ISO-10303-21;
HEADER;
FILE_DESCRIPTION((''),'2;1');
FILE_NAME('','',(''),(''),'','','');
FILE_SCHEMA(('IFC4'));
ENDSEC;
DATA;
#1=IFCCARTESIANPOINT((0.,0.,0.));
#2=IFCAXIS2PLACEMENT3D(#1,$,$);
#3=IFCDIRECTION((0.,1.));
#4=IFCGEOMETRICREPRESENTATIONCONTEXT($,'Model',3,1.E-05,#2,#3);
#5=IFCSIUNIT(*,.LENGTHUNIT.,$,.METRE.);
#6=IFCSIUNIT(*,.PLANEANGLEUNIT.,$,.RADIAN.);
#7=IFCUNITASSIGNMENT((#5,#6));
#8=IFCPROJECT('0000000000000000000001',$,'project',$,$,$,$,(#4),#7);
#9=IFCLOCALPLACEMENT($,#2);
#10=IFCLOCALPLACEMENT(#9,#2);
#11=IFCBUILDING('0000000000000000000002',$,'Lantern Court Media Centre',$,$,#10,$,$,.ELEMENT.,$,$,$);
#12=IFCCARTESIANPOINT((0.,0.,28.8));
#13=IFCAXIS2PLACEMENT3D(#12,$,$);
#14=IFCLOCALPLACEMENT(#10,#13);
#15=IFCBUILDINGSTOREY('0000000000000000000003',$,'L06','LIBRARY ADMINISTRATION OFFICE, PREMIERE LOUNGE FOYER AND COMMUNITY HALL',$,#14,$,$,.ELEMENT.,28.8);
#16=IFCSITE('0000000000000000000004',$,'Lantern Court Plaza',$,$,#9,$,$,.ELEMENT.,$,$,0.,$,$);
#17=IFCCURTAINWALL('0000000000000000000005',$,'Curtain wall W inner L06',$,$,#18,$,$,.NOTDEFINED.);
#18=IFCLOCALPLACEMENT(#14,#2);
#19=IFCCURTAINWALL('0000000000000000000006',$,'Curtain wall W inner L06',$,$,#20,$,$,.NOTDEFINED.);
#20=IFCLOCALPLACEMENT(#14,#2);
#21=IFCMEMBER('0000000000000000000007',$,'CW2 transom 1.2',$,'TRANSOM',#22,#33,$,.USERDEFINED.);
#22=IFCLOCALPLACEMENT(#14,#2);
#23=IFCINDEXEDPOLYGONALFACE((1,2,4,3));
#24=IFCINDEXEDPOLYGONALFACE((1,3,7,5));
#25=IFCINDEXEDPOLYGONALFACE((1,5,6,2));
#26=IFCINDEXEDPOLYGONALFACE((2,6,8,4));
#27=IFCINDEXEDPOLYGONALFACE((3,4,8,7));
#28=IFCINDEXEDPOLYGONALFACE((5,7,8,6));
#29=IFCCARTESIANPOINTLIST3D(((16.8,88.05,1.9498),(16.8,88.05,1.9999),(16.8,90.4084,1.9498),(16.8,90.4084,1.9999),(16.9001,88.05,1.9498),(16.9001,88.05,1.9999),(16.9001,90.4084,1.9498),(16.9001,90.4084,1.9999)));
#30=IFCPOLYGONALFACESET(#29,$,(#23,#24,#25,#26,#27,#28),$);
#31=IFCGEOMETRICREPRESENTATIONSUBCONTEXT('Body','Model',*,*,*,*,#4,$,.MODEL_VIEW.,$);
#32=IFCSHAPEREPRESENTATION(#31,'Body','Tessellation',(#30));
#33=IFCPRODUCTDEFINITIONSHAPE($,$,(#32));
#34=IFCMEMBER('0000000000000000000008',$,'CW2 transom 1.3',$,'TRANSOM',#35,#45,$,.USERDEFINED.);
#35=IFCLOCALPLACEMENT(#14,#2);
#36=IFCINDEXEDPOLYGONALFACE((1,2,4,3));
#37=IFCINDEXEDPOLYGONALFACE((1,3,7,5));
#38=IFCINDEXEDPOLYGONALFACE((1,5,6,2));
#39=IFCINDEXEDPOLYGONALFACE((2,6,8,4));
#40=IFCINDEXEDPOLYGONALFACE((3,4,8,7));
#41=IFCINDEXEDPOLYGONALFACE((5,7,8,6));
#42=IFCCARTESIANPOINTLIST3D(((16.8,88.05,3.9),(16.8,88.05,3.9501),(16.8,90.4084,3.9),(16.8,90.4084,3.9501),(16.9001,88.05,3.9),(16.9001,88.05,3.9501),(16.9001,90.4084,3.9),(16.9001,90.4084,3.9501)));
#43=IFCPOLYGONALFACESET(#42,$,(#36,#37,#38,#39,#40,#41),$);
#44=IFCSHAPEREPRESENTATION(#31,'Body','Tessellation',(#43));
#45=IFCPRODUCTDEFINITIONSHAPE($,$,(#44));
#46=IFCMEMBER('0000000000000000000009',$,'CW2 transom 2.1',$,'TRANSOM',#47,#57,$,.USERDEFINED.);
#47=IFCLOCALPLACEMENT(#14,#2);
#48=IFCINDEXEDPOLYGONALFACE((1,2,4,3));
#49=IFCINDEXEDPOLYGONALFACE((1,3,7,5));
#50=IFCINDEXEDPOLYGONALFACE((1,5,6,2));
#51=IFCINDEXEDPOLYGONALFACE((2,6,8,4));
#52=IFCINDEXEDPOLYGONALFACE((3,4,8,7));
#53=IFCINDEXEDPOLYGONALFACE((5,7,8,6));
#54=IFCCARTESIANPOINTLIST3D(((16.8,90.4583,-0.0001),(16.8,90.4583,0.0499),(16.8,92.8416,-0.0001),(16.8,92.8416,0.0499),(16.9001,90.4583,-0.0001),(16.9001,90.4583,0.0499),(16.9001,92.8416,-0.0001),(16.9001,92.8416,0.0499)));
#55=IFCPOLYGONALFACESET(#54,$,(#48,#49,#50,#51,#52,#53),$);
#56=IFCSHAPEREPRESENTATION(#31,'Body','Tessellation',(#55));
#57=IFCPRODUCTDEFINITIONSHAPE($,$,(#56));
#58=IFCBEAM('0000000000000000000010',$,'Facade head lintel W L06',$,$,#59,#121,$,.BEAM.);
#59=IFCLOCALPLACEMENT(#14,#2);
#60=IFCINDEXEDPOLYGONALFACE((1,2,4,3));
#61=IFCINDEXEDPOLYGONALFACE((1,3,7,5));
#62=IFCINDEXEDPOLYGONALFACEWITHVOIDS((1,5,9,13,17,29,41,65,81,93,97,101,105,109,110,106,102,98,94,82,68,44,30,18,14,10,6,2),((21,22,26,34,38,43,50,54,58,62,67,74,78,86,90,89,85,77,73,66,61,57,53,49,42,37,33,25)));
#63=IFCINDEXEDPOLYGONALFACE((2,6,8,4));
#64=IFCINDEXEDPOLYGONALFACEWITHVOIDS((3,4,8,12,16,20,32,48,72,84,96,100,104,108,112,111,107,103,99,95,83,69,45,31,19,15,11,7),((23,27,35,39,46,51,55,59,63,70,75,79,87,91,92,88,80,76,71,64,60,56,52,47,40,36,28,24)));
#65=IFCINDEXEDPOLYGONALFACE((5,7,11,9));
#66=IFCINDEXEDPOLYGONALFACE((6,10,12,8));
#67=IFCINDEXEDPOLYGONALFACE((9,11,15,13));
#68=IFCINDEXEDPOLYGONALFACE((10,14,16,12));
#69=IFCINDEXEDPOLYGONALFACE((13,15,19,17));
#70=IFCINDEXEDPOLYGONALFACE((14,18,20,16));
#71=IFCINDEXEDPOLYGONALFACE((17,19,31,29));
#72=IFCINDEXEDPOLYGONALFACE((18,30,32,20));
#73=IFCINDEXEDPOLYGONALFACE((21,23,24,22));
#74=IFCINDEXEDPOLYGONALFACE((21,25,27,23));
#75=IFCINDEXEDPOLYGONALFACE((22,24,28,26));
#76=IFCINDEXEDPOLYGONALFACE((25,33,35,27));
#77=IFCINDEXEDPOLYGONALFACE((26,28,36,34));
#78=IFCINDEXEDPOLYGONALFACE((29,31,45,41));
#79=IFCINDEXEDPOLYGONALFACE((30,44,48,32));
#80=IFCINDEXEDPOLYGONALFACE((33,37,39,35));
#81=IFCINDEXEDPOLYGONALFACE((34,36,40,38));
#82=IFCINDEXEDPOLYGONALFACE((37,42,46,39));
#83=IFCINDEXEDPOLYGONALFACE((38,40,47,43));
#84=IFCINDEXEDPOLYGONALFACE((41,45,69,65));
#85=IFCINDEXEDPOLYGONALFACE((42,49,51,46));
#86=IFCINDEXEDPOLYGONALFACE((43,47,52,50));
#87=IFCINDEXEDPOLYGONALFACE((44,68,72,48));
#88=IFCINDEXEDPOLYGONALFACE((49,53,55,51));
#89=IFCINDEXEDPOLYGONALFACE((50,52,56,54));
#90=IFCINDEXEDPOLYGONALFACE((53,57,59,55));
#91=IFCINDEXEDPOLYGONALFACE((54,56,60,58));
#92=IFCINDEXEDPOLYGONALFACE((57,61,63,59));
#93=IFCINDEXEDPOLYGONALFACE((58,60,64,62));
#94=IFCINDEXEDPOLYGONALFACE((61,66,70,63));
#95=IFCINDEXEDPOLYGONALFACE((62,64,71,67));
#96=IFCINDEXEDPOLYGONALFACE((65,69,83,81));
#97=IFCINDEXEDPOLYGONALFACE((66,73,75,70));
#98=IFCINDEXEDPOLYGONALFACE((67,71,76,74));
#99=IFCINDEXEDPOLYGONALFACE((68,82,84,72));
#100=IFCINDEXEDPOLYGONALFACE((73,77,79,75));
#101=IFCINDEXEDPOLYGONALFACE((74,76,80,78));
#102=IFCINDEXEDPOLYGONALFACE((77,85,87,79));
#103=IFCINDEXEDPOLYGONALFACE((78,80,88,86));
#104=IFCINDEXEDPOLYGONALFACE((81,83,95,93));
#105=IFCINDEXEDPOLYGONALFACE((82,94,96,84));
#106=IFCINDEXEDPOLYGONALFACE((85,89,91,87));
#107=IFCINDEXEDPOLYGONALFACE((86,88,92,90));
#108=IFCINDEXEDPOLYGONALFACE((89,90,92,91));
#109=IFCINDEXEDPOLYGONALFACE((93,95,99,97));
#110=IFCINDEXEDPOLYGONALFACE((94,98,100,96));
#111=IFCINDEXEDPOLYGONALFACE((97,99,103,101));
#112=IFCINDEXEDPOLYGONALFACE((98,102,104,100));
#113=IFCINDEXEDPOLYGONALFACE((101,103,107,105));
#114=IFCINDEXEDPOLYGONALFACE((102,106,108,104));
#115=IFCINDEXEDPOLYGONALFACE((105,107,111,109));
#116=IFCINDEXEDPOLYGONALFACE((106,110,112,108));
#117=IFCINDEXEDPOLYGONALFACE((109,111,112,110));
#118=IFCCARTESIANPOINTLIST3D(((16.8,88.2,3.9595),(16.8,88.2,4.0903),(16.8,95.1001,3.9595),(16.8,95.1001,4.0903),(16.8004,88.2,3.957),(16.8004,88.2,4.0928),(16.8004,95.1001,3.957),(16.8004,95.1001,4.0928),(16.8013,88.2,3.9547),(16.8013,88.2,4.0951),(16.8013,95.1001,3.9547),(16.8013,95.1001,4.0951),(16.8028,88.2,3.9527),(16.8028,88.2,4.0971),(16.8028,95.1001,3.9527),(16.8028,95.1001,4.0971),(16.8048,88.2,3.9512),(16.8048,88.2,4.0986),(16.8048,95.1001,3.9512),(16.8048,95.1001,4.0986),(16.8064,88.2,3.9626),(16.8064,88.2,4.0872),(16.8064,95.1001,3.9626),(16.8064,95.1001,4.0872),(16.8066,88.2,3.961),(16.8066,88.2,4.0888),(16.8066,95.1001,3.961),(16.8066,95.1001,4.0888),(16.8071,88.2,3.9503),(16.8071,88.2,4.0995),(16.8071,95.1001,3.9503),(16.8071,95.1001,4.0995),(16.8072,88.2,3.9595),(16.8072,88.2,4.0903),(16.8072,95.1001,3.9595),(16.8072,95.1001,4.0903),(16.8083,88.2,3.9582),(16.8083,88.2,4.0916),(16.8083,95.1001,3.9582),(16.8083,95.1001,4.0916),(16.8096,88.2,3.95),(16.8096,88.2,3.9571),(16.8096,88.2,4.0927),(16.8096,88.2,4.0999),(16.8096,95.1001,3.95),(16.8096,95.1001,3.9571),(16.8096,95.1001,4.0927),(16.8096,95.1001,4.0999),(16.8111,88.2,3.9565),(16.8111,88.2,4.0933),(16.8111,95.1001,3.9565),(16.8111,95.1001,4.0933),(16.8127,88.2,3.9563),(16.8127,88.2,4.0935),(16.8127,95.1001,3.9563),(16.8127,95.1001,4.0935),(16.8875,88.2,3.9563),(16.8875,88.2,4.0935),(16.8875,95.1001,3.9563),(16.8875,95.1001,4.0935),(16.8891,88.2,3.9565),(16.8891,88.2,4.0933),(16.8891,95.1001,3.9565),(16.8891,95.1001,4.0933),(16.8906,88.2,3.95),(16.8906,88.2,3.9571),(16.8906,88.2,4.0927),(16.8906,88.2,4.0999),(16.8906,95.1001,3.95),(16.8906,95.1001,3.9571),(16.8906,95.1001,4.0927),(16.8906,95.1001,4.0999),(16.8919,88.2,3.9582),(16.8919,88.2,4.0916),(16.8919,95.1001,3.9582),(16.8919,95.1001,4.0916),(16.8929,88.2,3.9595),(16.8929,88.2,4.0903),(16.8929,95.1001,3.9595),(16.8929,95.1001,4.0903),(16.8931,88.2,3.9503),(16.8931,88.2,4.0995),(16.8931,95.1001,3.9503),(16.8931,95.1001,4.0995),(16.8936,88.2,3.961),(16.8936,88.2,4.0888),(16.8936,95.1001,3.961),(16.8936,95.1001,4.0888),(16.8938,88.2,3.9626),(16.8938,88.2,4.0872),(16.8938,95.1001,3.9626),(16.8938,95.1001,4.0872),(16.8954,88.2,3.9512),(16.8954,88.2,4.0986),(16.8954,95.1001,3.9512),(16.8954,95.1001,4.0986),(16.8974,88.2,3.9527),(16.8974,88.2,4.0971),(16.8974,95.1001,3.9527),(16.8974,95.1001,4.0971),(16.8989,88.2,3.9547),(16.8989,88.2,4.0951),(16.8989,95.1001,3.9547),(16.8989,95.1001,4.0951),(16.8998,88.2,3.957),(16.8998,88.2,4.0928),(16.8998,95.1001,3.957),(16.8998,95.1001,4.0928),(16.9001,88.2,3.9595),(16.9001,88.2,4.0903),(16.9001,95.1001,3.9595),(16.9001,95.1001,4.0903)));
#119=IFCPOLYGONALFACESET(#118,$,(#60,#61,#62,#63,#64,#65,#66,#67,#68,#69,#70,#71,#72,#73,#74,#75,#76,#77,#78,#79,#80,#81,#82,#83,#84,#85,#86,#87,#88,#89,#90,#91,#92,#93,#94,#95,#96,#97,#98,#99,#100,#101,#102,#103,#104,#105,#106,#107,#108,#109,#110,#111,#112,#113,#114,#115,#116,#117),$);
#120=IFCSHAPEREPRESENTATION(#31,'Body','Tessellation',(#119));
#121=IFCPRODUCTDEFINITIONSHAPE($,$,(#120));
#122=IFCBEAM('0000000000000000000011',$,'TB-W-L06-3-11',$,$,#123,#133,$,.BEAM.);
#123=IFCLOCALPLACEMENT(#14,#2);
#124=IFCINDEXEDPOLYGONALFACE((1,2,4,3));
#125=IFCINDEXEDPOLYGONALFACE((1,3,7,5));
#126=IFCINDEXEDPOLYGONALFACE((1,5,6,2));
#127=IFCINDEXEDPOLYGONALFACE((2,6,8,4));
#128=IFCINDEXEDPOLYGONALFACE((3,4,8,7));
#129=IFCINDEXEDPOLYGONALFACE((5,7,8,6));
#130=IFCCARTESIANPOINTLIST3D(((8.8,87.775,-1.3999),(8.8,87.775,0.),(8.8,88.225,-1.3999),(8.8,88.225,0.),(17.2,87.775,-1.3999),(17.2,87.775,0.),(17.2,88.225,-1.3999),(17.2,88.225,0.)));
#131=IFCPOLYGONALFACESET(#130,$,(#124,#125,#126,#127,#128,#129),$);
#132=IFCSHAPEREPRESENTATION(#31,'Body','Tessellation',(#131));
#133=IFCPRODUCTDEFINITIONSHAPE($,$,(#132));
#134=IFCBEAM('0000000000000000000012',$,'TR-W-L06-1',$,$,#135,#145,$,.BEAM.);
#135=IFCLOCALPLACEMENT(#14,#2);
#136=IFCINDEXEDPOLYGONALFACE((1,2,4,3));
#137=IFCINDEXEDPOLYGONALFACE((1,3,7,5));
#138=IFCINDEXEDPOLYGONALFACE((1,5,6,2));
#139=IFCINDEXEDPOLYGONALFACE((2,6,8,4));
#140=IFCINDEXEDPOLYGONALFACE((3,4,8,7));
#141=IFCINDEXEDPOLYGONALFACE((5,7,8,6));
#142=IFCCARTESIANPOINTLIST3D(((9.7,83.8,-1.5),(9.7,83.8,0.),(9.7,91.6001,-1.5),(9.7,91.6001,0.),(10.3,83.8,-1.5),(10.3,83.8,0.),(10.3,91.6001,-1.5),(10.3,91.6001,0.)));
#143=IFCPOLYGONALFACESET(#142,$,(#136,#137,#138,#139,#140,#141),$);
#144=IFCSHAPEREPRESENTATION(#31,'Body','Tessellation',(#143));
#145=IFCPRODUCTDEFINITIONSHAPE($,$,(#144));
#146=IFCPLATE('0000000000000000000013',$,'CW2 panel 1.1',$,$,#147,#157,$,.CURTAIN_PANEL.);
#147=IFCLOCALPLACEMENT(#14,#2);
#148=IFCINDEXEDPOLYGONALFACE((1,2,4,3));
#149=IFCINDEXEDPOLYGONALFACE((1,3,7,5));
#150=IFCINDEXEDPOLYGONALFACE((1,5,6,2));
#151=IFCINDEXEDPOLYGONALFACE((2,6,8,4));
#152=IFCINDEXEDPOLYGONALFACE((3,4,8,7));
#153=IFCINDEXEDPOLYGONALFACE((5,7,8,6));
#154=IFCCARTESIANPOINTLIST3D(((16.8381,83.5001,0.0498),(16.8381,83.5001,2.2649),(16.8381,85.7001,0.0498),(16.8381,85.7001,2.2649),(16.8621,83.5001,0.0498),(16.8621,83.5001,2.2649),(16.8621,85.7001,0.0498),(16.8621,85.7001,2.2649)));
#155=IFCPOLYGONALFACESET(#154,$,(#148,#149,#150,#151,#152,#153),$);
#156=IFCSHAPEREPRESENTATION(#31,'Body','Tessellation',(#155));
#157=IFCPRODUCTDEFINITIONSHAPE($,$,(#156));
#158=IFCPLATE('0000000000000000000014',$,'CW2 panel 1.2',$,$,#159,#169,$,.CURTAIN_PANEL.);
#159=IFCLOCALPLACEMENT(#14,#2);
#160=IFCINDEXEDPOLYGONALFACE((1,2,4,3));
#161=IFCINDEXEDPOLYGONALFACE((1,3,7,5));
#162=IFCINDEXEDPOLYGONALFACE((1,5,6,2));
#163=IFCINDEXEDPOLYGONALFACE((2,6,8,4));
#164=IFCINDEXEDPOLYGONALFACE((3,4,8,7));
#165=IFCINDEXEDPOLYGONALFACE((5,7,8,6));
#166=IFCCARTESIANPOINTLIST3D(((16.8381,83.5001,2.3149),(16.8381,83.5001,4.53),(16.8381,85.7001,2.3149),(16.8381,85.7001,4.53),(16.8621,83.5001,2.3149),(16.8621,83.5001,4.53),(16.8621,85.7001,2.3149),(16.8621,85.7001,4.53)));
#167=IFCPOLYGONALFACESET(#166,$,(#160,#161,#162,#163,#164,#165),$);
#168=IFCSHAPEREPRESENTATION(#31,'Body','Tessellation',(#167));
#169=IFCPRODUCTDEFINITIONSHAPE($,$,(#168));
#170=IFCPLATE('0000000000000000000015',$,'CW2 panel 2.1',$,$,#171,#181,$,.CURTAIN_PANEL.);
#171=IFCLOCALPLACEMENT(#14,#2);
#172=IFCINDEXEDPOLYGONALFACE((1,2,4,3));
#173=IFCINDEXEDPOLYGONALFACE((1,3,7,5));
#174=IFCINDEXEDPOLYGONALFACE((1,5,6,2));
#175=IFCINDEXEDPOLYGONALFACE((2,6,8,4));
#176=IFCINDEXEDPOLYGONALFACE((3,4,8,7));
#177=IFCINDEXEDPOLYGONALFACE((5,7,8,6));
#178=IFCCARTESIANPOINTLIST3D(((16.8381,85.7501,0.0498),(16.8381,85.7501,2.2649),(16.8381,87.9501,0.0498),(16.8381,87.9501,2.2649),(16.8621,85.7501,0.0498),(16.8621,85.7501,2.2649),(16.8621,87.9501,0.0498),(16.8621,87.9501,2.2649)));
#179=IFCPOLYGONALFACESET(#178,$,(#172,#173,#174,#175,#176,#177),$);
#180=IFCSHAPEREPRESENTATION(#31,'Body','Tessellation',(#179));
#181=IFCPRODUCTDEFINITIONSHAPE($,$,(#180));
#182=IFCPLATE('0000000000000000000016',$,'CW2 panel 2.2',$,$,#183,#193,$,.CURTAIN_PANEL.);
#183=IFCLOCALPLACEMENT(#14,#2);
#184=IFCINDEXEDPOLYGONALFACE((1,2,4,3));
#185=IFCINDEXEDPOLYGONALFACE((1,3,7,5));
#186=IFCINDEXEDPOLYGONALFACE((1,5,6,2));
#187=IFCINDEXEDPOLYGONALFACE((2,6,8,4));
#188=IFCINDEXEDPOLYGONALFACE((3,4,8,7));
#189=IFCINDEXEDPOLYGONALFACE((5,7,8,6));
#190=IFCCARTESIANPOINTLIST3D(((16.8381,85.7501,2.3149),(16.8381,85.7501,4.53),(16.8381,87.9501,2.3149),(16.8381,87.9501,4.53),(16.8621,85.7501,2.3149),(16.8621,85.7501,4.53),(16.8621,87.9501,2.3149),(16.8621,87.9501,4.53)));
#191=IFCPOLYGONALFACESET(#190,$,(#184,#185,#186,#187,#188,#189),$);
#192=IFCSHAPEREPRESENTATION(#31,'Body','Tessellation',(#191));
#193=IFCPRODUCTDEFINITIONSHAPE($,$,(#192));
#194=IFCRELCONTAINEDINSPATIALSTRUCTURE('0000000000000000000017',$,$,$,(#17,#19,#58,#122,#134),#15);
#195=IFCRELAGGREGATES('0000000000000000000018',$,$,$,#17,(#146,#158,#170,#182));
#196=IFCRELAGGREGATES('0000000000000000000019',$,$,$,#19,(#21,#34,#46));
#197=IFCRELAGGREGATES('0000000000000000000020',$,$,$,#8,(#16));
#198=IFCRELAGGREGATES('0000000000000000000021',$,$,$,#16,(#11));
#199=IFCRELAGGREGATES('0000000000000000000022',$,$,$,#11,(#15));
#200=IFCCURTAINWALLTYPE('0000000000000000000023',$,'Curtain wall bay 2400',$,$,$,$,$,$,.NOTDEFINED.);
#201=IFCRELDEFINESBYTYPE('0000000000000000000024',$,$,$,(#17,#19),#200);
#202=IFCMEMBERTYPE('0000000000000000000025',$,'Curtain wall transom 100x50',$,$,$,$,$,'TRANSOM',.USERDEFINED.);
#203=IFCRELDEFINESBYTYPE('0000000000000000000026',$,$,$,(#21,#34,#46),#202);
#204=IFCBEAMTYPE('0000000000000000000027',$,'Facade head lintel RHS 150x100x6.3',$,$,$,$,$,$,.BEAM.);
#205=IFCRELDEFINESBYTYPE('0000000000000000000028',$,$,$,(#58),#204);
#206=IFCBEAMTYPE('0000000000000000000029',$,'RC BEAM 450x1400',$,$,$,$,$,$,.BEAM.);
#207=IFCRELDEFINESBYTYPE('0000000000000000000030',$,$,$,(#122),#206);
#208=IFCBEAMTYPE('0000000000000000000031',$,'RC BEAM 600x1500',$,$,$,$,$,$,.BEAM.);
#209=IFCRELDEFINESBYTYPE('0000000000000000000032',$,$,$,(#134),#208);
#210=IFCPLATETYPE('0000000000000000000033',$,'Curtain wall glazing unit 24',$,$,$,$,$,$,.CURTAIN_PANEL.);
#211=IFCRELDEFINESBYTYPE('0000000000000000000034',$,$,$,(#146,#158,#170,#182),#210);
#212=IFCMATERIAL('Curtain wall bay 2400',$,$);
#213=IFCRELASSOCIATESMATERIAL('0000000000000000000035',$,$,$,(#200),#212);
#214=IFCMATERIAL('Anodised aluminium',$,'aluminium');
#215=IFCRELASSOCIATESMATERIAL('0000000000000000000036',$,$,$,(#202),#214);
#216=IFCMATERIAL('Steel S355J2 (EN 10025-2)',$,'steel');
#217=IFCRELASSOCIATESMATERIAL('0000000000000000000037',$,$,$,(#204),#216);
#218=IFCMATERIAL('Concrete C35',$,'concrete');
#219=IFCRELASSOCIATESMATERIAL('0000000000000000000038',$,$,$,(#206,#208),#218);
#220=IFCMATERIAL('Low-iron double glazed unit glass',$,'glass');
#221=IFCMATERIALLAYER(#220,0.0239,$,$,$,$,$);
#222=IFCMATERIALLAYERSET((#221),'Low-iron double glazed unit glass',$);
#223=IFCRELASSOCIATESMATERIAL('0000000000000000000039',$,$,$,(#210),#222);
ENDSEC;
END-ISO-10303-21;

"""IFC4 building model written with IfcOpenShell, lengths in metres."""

from ifc_helpers import new_model, si_unit, direction, frame, origin, origin_2d, place, context, subcontext, project, spatial, rectangle, hollow_rectangle, extrude, material, layer, layer_set, material_profile, profile_set, type_object, element, aggregate, save


model = new_model("IFC4")

# Units and contexts
model_context = context("Model", 3, precision=1e-05, world=origin(), true_north=direction((0.0, 1.0)))
body_context = subcontext(model_context, "Body", "Model", "MODEL_VIEW")
ifc_project = project(units=[si_unit("LENGTHUNIT", "METRE"), si_unit("PLANEANGLEUNIT", "RADIAN")], contexts=[model_context])

# Site, building, storey
site_placement = place(None, origin())
site = spatial("IfcSite", under=ifc_project, at=site_placement, Name="Lantern Court Plaza", CompositionType="ELEMENT", RefElevation=0.0)
building_placement = place(site_placement, origin())
building = spatial("IfcBuilding", under=site, at=building_placement, Name="Lantern Court Media Centre", CompositionType="ELEMENT")
storey_placement = place(building_placement, frame((0.0, 0.0, 28.8)))
storey = spatial("IfcBuildingStorey", under=building, at=storey_placement, Name="L06", Description="LIBRARY ADMINISTRATION OFFICE, PREMIERE LOUNGE FOYER AND COMMUNITY HALL", CompositionType="ELEMENT", Elevation=28.8)

# Shared definitions
ifc_material_1 = material(Name="Concrete C35", Category="concrete")

# Curtain wall
ifc_material_2 = material(Name="Curtain wall bay 2400")
curtain_wall_type = type_object("IfcCurtainWallType", Name="Curtain wall bay 2400", PredefinedType="NOTDEFINED", material=ifc_material_2)
curtain_wall_1_placement = place(storey_placement, origin())
curtain_wall_1 = element("IfcCurtainWall", 1, at=curtain_wall_1_placement, inside=storey, type_object=curtain_wall_type, Name="Curtain wall W inner L06", PredefinedType="NOTDEFINED")
ifc_material_3 = material(Name="Anodised aluminium", Category="aluminium")

# Curtain wall
curtain_wall_2_placement = place(storey_placement, origin())
curtain_wall_2 = element("IfcCurtainWall", 2, at=curtain_wall_2_placement, inside=storey, type_object=curtain_wall_type, Name="Curtain wall W inner L06", PredefinedType="NOTDEFINED")

# Members
ifc_material_profile_1 = material_profile(ifc_material_3, rectangle(XDim=0.1001, YDim=0.05, at=origin_2d()), Name="AL 50x100")
ifc_profile_set_1 = profile_set([ifc_material_profile_1], Name="Anodised aluminium")
member_type_1 = type_object("IfcMemberType", Name="Curtain wall transom 100x50", ElementType="TRANSOM", PredefinedType="USERDEFINED", material=ifc_profile_set_1)
member_1_placement = place(storey_placement, frame((16.8501, 88.05, 1.9749), z_axis=(0.0, 1.0, 0.0), x_axis=(-1.0, 0.0, 0.0)))
member_1 = element("IfcMember", 3, at=member_1_placement, type_object=member_type_1, Name="CW2 transom 1.2", ObjectType="TRANSOM", PredefinedType="USERDEFINED", context=body_context, shape_type="SweptSolid", body=[
    extrude(rectangle(XDim=0.1001, YDim=0.05, at=origin_2d()), origin(), (0.0, 0.0, 1.0), 2.3584),
])
member_2_placement = place(storey_placement, frame((16.8501, 88.05, 3.925), z_axis=(0.0, 1.0, 0.0), x_axis=(-1.0, 0.0, 0.0)))
member_2 = element("IfcMember", 4, at=member_2_placement, type_object=member_type_1, Name="CW2 transom 1.3", ObjectType="TRANSOM", PredefinedType="USERDEFINED", context=body_context, shape_type="SweptSolid", body=[
    extrude(rectangle(XDim=0.1001, YDim=0.05, at=origin_2d()), origin(), (0.0, 0.0, 1.0), 2.3584),
])
member_3_placement = place(storey_placement, frame((16.8501, 90.4583, 0.0249), z_axis=(0.0, 1.0, 0.0), x_axis=(-1.0, 0.0, 0.0)))
member_3 = element("IfcMember", 5, at=member_3_placement, type_object=member_type_1, Name="CW2 transom 2.1", ObjectType="TRANSOM", PredefinedType="USERDEFINED", context=body_context, shape_type="SweptSolid", body=[
    extrude(rectangle(XDim=0.1001, YDim=0.05, at=origin_2d()), origin(), (0.0, 0.0, 1.0), 2.3833),
])

# Beams
ifc_material_4 = material(Name="Steel S355J2 (EN 10025-2)", Category="steel")
ifc_material_profile_2 = material_profile(ifc_material_4, hollow_rectangle(XDim=0.1001, YDim=0.1499, WallThickness=0.0063, InnerFilletRadius=0.0063, OuterFilletRadius=0.0095, at=origin_2d()), Name="Facade head lintel RHS 150x100x6.3")
ifc_profile_set_2 = profile_set([ifc_material_profile_2], Name="Steel S355J2 (EN 10025-2)")
beam_type_1 = type_object("IfcBeamType", Name="Facade head lintel RHS 150x100x6.3", PredefinedType="BEAM", material=ifc_profile_set_2)
beam_1_placement = place(storey_placement, frame((16.8501, 88.2, 4.0249), z_axis=(0.0, 1.0, 0.0), x_axis=(-1.0, 0.0, 0.0)))
element("IfcBeam", 6, at=beam_1_placement, inside=storey, type_object=beam_type_1, Name="Facade head lintel W L06", PredefinedType="BEAM", context=body_context, shape_type="SweptSolid", body=[
    extrude(hollow_rectangle(XDim=0.1001, YDim=0.1499, WallThickness=0.0063, InnerFilletRadius=0.0063, OuterFilletRadius=0.0095, at=origin_2d()), origin(), (0.0, 0.0, 1.0), 6.9001),
])
ifc_material_profile_3 = material_profile(ifc_material_1, rectangle(XDim=0.45, YDim=1.3999, at=origin_2d()), Name="RC 450x1400")
ifc_profile_set_3 = profile_set([ifc_material_profile_3], Name="Concrete C35")
beam_type_2 = type_object("IfcBeamType", Name="RC BEAM 450x1400", PredefinedType="BEAM", material=ifc_profile_set_3)
beam_2_placement = place(storey_placement, frame((8.8, 88.0, -0.7), z_axis=(1.0, 0.0, 0.0), x_axis=(0.0, 1.0, 0.0)))
element("IfcBeam", 7, at=beam_2_placement, inside=storey, type_object=beam_type_2, Name="TB-W-L06-3-11", PredefinedType="BEAM", context=body_context, shape_type="SweptSolid", body=[
    extrude(rectangle(XDim=0.45, YDim=1.3999, at=origin_2d()), origin(), (0.0, 0.0, 1.0), 8.3999),
])
ifc_material_profile_4 = material_profile(ifc_material_1, rectangle(XDim=0.6001, YDim=1.5, at=origin_2d()), Name="RC 600x1500")
ifc_profile_set_4 = profile_set([ifc_material_profile_4], Name="Concrete C35")
beam_type_3 = type_object("IfcBeamType", Name="RC BEAM 600x1500", PredefinedType="BEAM", material=ifc_profile_set_4)
beam_3_placement = place(storey_placement, frame((10.0, 83.8, -0.75), z_axis=(0.0, 1.0, 0.0), x_axis=(-1.0, 0.0, 0.0)))
element("IfcBeam", 8, at=beam_3_placement, inside=storey, type_object=beam_type_3, Name="TR-W-L06-1", PredefinedType="BEAM", context=body_context, shape_type="SweptSolid", body=[
    extrude(rectangle(XDim=0.6001, YDim=1.5, at=origin_2d()), origin(), (0.0, 0.0, 1.0), 7.8),
])

# Plates
ifc_material_5 = material(Name="Low-iron double glazed unit glass", Category="glass")
ifc_layer_1 = layer(ifc_material_5, 0.0239)
ifc_layer_set_1 = layer_set([ifc_layer_1], Name="Low-iron double glazed unit glass")
plate_type = type_object("IfcPlateType", Name="Curtain wall glazing unit 24", PredefinedType="CURTAIN_PANEL", material=ifc_layer_set_1)
plate_1_placement = place(storey_placement, frame((16.8501, 84.6001, 0.0498), z_axis=(0.0, 0.0, 1.0), x_axis=(0.0, 1.0, 0.0)))
plate_1 = element("IfcPlate", 9, at=plate_1_placement, type_object=plate_type, Name="CW2 panel 1.1", PredefinedType="CURTAIN_PANEL", context=body_context, shape_type="SweptSolid", body=[
    extrude(rectangle(XDim=2.2, YDim=0.0239, at=origin_2d()), origin(), (0.0, 0.0, 1.0), 2.2151),
])
plate_2_placement = place(storey_placement, frame((16.8501, 84.6001, 2.3149), z_axis=(0.0, 0.0, 1.0), x_axis=(0.0, 1.0, 0.0)))
plate_2 = element("IfcPlate", 10, at=plate_2_placement, type_object=plate_type, Name="CW2 panel 1.2", PredefinedType="CURTAIN_PANEL", context=body_context, shape_type="SweptSolid", body=[
    extrude(rectangle(XDim=2.2, YDim=0.0239, at=origin_2d()), origin(), (0.0, 0.0, 1.0), 2.2151),
])
plate_3_placement = place(storey_placement, frame((16.8501, 86.8501, 0.0498), z_axis=(0.0, 0.0, 1.0), x_axis=(0.0, 1.0, 0.0)))
plate_3 = element("IfcPlate", 11, at=plate_3_placement, type_object=plate_type, Name="CW2 panel 2.1", PredefinedType="CURTAIN_PANEL", context=body_context, shape_type="SweptSolid", body=[
    extrude(rectangle(XDim=2.2, YDim=0.0239, at=origin_2d()), origin(), (0.0, 0.0, 1.0), 2.2151),
])
plate_4_placement = place(storey_placement, frame((16.8501, 86.8501, 2.3149), z_axis=(0.0, 0.0, 1.0), x_axis=(0.0, 1.0, 0.0)))
plate_4 = element("IfcPlate", 12, at=plate_4_placement, type_object=plate_type, Name="CW2 panel 2.2", PredefinedType="CURTAIN_PANEL", context=body_context, shape_type="SweptSolid", body=[
    extrude(rectangle(XDim=2.2, YDim=0.0239, at=origin_2d()), origin(), (0.0, 0.0, 1.0), 2.2151),
])
aggregate(curtain_wall_1, [plate_1, plate_2, plate_3, plate_4])
aggregate(curtain_wall_2, [member_1, member_2, member_3])

save(model, "model.ifc")
